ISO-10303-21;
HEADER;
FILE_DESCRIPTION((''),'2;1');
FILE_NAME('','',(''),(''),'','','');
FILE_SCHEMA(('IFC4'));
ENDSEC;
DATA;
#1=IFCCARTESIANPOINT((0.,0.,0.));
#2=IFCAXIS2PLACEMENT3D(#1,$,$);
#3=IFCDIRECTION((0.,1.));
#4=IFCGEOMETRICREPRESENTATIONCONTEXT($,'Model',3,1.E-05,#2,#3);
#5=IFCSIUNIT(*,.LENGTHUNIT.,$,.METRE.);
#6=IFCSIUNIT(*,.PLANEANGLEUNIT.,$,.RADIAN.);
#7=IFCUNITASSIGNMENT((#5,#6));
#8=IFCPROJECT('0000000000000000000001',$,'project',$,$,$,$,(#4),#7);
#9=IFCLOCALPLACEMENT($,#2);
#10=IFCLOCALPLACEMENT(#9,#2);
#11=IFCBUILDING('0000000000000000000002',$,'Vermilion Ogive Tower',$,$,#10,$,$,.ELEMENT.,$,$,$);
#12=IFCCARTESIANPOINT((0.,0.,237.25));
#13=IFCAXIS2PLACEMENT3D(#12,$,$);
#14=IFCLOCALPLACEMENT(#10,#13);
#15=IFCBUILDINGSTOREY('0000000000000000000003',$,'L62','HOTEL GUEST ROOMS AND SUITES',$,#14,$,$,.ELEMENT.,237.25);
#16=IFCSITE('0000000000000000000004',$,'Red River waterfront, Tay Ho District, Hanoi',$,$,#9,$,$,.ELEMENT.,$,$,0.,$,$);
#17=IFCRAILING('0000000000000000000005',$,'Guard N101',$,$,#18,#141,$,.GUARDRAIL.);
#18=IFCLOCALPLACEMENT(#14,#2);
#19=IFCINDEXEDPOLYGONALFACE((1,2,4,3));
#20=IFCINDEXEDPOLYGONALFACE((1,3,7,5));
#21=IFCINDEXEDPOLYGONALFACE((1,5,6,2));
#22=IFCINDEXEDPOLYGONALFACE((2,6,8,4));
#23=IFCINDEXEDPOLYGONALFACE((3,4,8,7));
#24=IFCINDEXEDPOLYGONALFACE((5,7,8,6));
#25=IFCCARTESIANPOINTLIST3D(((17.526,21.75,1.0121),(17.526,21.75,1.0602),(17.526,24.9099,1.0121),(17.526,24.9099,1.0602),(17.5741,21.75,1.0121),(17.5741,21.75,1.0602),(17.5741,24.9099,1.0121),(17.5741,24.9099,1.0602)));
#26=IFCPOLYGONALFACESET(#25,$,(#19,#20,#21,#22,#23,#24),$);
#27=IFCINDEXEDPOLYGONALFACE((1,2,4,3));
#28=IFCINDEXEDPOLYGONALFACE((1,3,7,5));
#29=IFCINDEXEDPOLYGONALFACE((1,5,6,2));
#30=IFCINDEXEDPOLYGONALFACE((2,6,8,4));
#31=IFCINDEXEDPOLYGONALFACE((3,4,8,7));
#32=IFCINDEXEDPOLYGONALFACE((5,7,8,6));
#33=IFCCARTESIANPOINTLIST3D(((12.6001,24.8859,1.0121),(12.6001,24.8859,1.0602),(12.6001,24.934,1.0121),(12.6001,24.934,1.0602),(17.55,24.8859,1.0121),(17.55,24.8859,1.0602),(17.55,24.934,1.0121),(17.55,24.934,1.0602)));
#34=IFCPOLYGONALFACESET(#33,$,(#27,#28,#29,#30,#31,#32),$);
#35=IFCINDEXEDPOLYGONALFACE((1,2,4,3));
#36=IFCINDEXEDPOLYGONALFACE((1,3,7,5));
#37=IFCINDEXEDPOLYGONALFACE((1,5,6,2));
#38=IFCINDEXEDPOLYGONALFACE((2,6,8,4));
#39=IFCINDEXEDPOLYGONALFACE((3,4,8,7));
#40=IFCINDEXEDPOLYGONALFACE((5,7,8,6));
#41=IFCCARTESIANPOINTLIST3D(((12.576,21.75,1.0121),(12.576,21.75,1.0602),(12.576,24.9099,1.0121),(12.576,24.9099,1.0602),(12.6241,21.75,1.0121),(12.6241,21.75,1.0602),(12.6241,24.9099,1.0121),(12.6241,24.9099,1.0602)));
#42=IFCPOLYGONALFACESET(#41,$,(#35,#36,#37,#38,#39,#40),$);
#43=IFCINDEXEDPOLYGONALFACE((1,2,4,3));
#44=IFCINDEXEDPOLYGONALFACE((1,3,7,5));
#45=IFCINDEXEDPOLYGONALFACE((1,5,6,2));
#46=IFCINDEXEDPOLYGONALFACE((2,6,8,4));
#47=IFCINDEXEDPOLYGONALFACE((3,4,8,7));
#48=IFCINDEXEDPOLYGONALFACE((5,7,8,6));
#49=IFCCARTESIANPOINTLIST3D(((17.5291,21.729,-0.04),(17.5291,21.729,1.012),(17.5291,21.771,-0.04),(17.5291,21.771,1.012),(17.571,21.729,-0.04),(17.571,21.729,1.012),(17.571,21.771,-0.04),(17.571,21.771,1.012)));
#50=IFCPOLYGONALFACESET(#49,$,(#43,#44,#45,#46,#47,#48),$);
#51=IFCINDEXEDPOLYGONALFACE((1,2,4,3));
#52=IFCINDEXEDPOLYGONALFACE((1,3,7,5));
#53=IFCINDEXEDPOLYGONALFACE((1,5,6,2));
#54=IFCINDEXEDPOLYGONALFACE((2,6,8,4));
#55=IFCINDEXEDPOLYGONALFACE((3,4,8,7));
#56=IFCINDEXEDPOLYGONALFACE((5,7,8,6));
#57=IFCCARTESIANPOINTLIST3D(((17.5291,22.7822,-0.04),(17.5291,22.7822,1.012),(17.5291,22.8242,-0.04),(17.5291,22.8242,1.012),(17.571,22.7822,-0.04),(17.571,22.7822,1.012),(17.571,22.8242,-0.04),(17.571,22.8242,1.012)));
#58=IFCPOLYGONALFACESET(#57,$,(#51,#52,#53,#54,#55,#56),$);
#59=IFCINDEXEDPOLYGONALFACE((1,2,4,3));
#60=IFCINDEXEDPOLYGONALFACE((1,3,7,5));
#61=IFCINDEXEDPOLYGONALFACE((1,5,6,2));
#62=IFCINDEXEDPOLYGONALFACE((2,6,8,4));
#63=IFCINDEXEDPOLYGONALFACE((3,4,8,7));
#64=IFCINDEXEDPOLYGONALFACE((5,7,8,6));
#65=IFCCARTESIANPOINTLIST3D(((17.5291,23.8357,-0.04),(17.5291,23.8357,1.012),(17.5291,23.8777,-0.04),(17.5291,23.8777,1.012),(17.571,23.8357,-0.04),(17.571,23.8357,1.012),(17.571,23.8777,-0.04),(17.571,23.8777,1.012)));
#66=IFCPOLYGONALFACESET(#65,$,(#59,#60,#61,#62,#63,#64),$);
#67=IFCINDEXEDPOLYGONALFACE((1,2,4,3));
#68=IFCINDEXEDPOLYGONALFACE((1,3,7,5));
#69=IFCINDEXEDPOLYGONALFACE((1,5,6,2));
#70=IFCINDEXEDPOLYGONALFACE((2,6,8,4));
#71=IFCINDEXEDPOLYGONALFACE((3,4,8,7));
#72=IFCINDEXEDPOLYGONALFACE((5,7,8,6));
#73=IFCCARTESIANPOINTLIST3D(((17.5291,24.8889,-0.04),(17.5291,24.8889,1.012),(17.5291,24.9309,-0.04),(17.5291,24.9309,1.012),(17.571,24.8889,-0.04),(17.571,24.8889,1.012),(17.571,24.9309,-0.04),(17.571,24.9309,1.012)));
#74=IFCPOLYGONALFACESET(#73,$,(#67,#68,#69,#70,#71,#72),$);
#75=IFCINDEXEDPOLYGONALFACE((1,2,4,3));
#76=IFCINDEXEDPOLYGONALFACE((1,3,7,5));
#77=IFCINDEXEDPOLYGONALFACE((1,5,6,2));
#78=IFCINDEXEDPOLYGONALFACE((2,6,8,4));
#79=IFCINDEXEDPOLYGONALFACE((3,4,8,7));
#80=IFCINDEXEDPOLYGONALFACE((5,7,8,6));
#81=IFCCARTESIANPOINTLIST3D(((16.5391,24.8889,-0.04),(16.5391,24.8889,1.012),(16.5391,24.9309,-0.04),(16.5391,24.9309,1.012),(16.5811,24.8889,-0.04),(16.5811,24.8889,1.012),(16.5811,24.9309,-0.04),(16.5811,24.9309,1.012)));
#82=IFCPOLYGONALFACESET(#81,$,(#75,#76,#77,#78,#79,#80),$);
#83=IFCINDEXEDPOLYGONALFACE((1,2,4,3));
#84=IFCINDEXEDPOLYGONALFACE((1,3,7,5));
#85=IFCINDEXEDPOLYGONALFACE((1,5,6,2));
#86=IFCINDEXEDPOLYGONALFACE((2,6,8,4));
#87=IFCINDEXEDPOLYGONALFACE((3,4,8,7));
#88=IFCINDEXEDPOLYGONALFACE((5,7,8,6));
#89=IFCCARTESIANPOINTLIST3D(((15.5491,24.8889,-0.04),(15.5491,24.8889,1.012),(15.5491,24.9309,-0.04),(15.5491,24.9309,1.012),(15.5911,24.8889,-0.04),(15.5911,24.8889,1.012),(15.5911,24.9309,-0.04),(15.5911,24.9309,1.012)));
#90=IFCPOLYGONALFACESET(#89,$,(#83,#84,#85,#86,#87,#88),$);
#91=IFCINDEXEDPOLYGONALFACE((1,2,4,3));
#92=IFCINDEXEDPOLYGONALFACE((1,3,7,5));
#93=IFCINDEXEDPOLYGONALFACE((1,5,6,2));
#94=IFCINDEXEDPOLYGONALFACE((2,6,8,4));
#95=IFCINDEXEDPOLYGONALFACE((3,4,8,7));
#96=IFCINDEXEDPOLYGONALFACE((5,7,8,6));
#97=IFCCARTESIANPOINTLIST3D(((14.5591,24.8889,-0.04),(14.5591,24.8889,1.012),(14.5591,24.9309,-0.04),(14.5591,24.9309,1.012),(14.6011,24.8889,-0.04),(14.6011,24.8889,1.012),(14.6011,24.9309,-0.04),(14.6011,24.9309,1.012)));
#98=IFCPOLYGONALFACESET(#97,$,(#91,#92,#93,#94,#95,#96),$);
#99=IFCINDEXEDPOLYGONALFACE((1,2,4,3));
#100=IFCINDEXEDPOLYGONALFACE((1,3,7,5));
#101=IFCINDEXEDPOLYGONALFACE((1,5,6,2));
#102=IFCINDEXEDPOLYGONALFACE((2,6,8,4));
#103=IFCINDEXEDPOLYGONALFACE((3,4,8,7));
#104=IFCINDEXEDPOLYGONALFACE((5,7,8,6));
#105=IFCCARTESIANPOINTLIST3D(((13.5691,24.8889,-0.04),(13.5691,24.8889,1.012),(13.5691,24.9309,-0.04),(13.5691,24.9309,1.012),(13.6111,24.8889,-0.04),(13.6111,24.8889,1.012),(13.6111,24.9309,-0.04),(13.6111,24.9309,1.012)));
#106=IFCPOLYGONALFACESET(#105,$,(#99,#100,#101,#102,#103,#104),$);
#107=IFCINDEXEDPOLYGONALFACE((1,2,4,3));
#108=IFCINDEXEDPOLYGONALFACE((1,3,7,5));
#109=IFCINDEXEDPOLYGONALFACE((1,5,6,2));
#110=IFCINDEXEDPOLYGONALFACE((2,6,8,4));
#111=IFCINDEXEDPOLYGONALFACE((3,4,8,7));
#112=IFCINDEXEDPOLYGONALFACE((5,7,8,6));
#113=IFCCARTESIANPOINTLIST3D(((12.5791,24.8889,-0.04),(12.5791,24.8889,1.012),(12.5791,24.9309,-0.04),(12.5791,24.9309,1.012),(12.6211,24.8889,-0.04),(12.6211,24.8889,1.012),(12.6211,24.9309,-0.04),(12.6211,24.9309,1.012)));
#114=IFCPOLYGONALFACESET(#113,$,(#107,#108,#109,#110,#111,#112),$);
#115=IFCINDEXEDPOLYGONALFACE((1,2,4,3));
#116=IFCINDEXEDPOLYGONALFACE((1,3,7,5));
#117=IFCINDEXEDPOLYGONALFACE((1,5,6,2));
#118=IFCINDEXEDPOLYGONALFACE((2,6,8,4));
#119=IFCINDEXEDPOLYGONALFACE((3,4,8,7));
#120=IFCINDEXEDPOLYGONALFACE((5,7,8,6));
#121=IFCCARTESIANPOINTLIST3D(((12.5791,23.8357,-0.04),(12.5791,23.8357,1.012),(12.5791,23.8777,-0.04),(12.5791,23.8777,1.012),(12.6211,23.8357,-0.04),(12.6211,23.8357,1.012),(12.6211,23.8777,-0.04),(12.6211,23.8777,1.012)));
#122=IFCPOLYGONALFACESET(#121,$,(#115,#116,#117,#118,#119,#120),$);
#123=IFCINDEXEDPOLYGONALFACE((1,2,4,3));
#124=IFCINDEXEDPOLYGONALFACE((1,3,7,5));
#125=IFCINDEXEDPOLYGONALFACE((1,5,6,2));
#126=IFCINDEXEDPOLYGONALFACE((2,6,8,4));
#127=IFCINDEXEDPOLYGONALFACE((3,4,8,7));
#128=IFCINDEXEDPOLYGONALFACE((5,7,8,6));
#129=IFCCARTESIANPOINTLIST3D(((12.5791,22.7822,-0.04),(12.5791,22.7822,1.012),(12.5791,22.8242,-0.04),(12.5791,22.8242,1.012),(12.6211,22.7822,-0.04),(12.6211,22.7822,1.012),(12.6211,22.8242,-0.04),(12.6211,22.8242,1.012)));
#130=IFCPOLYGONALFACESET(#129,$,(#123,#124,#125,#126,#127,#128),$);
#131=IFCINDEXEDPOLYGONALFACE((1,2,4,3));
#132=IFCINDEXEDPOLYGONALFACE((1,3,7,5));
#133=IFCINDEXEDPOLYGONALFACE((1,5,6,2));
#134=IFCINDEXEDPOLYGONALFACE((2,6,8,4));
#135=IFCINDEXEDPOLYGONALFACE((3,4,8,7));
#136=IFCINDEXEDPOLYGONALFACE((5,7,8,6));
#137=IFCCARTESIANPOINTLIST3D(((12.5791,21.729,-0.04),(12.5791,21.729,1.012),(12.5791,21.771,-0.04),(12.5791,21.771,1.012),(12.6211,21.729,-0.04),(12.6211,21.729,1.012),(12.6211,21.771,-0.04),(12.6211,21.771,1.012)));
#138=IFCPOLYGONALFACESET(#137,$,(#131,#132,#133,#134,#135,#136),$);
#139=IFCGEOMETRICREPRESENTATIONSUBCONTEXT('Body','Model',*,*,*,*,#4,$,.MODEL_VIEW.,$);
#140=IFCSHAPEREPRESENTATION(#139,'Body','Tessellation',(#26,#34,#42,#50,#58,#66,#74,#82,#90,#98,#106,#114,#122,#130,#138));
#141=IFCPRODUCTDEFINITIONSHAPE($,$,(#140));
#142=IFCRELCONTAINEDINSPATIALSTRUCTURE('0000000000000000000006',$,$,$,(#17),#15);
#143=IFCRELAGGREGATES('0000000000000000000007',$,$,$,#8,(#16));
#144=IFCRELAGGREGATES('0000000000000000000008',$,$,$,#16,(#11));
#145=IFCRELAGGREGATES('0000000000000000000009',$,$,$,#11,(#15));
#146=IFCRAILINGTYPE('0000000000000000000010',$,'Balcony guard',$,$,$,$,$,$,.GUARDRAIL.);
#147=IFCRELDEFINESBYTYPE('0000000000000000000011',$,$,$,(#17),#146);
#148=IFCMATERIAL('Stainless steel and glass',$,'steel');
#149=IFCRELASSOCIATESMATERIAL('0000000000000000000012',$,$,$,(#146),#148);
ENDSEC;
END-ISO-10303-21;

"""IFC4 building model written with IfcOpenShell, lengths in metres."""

from ifc_helpers import new_model, si_unit, direction, frame, origin, origin_2d, place, context, subcontext, project, spatial, rectangle, extrude, material, type_object, element, save


model = new_model("IFC4")

# Units and contexts
model_context = context("Model", 3, precision=1e-05, world=origin(), true_north=direction((0.0, 1.0)))
body_context = subcontext(model_context, "Body", "Model", "MODEL_VIEW")
ifc_project = project(units=[si_unit("LENGTHUNIT", "METRE"), si_unit("PLANEANGLEUNIT", "RADIAN")], contexts=[model_context])

# Site, building, storey
site_placement = place(None, origin())
site = spatial("IfcSite", under=ifc_project, at=site_placement, Name="Red River waterfront, Tay Ho District, Hanoi", CompositionType="ELEMENT", RefElevation=0.0)
building_placement = place(site_placement, origin())
building = spatial("IfcBuilding", under=site, at=building_placement, Name="Vermilion Ogive Tower", CompositionType="ELEMENT")
storey_placement = place(building_placement, frame((0.0, 0.0, 237.25)))
storey = spatial("IfcBuildingStorey", under=building, at=storey_placement, Name="L62", Description="HOTEL GUEST ROOMS AND SUITES", CompositionType="ELEMENT", Elevation=237.25)

# Railing
ifc_material_1 = material(Name="Stainless steel and glass", Category="steel")
railing_type = type_object("IfcRailingType", Name="Balcony guard", PredefinedType="GUARDRAIL", material=ifc_material_1)
railing_placement = place(storey_placement, frame((17.55, 21.75, -0.04)))
element("IfcRailing", 1, at=railing_placement, inside=storey, type_object=railing_type, Name="Guard N101", PredefinedType="GUARDRAIL", context=body_context, shape_type="SweptSolid", body=[
    extrude(rectangle(XDim=0.0481, YDim=0.0481, at=origin_2d()), frame((0.0, 0.0, 1.0762), z_axis=(0.0, 1.0, 0.0), x_axis=(-1.0, 0.0, 0.0)), (0.0, 0.0, 1.0), 3.1599),
    extrude(rectangle(XDim=0.0481, YDim=0.0481, at=origin_2d()), frame((0.0, 3.1599, 1.0762), z_axis=(-1.0, 0.0, 0.0), x_axis=(0.0, -1.0, 0.0)), (0.0, 0.0, 1.0), 4.95),
    extrude(rectangle(XDim=0.0481, YDim=0.0481, at=origin_2d()), frame((-4.95, 3.1599, 1.0762), z_axis=(0.0, -1.0, 0.0), x_axis=(1.0, 0.0, 0.0)), (0.0, 0.0, 1.0), 3.1599),
    extrude(rectangle(XDim=0.042, YDim=0.042, at=origin_2d()), origin(), (0.0, 0.0, 1.0), 1.052),
    extrude(rectangle(XDim=0.042, YDim=0.042, at=origin_2d()), frame((0.0, 1.0532, 0.0)), (0.0, 0.0, 1.0), 1.052),
    extrude(rectangle(XDim=0.042, YDim=0.042, at=origin_2d()), frame((0.0, 2.1067, 0.0)), (0.0, 0.0, 1.0), 1.052),
    extrude(rectangle(XDim=0.042, YDim=0.042, at=origin_2d()), frame((0.0, 3.1599, 0.0)), (0.0, 0.0, 1.0), 1.052),
    extrude(rectangle(XDim=0.042, YDim=0.042, at=origin_2d()), frame((-0.99, 3.1599, 0.0)), (0.0, 0.0, 1.0), 1.052),
    extrude(rectangle(XDim=0.042, YDim=0.042, at=origin_2d()), frame((-1.98, 3.1599, 0.0)), (0.0, 0.0, 1.0), 1.052),
    extrude(rectangle(XDim=0.042, YDim=0.042, at=origin_2d()), frame((-2.97, 3.1599, 0.0)), (0.0, 0.0, 1.0), 1.052),
    extrude(rectangle(XDim=0.042, YDim=0.042, at=origin_2d()), frame((-3.96, 3.1599, 0.0)), (0.0, 0.0, 1.0), 1.052),
    extrude(rectangle(XDim=0.042, YDim=0.042, at=origin_2d()), frame((-4.95, 3.1599, 0.0)), (0.0, 0.0, 1.0), 1.052),
    extrude(rectangle(XDim=0.042, YDim=0.042, at=origin_2d()), frame((-4.95, 2.1067, 0.0)), (0.0, 0.0, 1.0), 1.052),
    extrude(rectangle(XDim=0.042, YDim=0.042, at=origin_2d()), frame((-4.95, 1.0532, 0.0)), (0.0, 0.0, 1.0), 1.052),
    extrude(rectangle(XDim=0.042, YDim=0.042, at=origin_2d()), frame((-4.95, 0.0, 0.0)), (0.0, 0.0, 1.0), 1.052),
])

save(model, "model.ifc")
